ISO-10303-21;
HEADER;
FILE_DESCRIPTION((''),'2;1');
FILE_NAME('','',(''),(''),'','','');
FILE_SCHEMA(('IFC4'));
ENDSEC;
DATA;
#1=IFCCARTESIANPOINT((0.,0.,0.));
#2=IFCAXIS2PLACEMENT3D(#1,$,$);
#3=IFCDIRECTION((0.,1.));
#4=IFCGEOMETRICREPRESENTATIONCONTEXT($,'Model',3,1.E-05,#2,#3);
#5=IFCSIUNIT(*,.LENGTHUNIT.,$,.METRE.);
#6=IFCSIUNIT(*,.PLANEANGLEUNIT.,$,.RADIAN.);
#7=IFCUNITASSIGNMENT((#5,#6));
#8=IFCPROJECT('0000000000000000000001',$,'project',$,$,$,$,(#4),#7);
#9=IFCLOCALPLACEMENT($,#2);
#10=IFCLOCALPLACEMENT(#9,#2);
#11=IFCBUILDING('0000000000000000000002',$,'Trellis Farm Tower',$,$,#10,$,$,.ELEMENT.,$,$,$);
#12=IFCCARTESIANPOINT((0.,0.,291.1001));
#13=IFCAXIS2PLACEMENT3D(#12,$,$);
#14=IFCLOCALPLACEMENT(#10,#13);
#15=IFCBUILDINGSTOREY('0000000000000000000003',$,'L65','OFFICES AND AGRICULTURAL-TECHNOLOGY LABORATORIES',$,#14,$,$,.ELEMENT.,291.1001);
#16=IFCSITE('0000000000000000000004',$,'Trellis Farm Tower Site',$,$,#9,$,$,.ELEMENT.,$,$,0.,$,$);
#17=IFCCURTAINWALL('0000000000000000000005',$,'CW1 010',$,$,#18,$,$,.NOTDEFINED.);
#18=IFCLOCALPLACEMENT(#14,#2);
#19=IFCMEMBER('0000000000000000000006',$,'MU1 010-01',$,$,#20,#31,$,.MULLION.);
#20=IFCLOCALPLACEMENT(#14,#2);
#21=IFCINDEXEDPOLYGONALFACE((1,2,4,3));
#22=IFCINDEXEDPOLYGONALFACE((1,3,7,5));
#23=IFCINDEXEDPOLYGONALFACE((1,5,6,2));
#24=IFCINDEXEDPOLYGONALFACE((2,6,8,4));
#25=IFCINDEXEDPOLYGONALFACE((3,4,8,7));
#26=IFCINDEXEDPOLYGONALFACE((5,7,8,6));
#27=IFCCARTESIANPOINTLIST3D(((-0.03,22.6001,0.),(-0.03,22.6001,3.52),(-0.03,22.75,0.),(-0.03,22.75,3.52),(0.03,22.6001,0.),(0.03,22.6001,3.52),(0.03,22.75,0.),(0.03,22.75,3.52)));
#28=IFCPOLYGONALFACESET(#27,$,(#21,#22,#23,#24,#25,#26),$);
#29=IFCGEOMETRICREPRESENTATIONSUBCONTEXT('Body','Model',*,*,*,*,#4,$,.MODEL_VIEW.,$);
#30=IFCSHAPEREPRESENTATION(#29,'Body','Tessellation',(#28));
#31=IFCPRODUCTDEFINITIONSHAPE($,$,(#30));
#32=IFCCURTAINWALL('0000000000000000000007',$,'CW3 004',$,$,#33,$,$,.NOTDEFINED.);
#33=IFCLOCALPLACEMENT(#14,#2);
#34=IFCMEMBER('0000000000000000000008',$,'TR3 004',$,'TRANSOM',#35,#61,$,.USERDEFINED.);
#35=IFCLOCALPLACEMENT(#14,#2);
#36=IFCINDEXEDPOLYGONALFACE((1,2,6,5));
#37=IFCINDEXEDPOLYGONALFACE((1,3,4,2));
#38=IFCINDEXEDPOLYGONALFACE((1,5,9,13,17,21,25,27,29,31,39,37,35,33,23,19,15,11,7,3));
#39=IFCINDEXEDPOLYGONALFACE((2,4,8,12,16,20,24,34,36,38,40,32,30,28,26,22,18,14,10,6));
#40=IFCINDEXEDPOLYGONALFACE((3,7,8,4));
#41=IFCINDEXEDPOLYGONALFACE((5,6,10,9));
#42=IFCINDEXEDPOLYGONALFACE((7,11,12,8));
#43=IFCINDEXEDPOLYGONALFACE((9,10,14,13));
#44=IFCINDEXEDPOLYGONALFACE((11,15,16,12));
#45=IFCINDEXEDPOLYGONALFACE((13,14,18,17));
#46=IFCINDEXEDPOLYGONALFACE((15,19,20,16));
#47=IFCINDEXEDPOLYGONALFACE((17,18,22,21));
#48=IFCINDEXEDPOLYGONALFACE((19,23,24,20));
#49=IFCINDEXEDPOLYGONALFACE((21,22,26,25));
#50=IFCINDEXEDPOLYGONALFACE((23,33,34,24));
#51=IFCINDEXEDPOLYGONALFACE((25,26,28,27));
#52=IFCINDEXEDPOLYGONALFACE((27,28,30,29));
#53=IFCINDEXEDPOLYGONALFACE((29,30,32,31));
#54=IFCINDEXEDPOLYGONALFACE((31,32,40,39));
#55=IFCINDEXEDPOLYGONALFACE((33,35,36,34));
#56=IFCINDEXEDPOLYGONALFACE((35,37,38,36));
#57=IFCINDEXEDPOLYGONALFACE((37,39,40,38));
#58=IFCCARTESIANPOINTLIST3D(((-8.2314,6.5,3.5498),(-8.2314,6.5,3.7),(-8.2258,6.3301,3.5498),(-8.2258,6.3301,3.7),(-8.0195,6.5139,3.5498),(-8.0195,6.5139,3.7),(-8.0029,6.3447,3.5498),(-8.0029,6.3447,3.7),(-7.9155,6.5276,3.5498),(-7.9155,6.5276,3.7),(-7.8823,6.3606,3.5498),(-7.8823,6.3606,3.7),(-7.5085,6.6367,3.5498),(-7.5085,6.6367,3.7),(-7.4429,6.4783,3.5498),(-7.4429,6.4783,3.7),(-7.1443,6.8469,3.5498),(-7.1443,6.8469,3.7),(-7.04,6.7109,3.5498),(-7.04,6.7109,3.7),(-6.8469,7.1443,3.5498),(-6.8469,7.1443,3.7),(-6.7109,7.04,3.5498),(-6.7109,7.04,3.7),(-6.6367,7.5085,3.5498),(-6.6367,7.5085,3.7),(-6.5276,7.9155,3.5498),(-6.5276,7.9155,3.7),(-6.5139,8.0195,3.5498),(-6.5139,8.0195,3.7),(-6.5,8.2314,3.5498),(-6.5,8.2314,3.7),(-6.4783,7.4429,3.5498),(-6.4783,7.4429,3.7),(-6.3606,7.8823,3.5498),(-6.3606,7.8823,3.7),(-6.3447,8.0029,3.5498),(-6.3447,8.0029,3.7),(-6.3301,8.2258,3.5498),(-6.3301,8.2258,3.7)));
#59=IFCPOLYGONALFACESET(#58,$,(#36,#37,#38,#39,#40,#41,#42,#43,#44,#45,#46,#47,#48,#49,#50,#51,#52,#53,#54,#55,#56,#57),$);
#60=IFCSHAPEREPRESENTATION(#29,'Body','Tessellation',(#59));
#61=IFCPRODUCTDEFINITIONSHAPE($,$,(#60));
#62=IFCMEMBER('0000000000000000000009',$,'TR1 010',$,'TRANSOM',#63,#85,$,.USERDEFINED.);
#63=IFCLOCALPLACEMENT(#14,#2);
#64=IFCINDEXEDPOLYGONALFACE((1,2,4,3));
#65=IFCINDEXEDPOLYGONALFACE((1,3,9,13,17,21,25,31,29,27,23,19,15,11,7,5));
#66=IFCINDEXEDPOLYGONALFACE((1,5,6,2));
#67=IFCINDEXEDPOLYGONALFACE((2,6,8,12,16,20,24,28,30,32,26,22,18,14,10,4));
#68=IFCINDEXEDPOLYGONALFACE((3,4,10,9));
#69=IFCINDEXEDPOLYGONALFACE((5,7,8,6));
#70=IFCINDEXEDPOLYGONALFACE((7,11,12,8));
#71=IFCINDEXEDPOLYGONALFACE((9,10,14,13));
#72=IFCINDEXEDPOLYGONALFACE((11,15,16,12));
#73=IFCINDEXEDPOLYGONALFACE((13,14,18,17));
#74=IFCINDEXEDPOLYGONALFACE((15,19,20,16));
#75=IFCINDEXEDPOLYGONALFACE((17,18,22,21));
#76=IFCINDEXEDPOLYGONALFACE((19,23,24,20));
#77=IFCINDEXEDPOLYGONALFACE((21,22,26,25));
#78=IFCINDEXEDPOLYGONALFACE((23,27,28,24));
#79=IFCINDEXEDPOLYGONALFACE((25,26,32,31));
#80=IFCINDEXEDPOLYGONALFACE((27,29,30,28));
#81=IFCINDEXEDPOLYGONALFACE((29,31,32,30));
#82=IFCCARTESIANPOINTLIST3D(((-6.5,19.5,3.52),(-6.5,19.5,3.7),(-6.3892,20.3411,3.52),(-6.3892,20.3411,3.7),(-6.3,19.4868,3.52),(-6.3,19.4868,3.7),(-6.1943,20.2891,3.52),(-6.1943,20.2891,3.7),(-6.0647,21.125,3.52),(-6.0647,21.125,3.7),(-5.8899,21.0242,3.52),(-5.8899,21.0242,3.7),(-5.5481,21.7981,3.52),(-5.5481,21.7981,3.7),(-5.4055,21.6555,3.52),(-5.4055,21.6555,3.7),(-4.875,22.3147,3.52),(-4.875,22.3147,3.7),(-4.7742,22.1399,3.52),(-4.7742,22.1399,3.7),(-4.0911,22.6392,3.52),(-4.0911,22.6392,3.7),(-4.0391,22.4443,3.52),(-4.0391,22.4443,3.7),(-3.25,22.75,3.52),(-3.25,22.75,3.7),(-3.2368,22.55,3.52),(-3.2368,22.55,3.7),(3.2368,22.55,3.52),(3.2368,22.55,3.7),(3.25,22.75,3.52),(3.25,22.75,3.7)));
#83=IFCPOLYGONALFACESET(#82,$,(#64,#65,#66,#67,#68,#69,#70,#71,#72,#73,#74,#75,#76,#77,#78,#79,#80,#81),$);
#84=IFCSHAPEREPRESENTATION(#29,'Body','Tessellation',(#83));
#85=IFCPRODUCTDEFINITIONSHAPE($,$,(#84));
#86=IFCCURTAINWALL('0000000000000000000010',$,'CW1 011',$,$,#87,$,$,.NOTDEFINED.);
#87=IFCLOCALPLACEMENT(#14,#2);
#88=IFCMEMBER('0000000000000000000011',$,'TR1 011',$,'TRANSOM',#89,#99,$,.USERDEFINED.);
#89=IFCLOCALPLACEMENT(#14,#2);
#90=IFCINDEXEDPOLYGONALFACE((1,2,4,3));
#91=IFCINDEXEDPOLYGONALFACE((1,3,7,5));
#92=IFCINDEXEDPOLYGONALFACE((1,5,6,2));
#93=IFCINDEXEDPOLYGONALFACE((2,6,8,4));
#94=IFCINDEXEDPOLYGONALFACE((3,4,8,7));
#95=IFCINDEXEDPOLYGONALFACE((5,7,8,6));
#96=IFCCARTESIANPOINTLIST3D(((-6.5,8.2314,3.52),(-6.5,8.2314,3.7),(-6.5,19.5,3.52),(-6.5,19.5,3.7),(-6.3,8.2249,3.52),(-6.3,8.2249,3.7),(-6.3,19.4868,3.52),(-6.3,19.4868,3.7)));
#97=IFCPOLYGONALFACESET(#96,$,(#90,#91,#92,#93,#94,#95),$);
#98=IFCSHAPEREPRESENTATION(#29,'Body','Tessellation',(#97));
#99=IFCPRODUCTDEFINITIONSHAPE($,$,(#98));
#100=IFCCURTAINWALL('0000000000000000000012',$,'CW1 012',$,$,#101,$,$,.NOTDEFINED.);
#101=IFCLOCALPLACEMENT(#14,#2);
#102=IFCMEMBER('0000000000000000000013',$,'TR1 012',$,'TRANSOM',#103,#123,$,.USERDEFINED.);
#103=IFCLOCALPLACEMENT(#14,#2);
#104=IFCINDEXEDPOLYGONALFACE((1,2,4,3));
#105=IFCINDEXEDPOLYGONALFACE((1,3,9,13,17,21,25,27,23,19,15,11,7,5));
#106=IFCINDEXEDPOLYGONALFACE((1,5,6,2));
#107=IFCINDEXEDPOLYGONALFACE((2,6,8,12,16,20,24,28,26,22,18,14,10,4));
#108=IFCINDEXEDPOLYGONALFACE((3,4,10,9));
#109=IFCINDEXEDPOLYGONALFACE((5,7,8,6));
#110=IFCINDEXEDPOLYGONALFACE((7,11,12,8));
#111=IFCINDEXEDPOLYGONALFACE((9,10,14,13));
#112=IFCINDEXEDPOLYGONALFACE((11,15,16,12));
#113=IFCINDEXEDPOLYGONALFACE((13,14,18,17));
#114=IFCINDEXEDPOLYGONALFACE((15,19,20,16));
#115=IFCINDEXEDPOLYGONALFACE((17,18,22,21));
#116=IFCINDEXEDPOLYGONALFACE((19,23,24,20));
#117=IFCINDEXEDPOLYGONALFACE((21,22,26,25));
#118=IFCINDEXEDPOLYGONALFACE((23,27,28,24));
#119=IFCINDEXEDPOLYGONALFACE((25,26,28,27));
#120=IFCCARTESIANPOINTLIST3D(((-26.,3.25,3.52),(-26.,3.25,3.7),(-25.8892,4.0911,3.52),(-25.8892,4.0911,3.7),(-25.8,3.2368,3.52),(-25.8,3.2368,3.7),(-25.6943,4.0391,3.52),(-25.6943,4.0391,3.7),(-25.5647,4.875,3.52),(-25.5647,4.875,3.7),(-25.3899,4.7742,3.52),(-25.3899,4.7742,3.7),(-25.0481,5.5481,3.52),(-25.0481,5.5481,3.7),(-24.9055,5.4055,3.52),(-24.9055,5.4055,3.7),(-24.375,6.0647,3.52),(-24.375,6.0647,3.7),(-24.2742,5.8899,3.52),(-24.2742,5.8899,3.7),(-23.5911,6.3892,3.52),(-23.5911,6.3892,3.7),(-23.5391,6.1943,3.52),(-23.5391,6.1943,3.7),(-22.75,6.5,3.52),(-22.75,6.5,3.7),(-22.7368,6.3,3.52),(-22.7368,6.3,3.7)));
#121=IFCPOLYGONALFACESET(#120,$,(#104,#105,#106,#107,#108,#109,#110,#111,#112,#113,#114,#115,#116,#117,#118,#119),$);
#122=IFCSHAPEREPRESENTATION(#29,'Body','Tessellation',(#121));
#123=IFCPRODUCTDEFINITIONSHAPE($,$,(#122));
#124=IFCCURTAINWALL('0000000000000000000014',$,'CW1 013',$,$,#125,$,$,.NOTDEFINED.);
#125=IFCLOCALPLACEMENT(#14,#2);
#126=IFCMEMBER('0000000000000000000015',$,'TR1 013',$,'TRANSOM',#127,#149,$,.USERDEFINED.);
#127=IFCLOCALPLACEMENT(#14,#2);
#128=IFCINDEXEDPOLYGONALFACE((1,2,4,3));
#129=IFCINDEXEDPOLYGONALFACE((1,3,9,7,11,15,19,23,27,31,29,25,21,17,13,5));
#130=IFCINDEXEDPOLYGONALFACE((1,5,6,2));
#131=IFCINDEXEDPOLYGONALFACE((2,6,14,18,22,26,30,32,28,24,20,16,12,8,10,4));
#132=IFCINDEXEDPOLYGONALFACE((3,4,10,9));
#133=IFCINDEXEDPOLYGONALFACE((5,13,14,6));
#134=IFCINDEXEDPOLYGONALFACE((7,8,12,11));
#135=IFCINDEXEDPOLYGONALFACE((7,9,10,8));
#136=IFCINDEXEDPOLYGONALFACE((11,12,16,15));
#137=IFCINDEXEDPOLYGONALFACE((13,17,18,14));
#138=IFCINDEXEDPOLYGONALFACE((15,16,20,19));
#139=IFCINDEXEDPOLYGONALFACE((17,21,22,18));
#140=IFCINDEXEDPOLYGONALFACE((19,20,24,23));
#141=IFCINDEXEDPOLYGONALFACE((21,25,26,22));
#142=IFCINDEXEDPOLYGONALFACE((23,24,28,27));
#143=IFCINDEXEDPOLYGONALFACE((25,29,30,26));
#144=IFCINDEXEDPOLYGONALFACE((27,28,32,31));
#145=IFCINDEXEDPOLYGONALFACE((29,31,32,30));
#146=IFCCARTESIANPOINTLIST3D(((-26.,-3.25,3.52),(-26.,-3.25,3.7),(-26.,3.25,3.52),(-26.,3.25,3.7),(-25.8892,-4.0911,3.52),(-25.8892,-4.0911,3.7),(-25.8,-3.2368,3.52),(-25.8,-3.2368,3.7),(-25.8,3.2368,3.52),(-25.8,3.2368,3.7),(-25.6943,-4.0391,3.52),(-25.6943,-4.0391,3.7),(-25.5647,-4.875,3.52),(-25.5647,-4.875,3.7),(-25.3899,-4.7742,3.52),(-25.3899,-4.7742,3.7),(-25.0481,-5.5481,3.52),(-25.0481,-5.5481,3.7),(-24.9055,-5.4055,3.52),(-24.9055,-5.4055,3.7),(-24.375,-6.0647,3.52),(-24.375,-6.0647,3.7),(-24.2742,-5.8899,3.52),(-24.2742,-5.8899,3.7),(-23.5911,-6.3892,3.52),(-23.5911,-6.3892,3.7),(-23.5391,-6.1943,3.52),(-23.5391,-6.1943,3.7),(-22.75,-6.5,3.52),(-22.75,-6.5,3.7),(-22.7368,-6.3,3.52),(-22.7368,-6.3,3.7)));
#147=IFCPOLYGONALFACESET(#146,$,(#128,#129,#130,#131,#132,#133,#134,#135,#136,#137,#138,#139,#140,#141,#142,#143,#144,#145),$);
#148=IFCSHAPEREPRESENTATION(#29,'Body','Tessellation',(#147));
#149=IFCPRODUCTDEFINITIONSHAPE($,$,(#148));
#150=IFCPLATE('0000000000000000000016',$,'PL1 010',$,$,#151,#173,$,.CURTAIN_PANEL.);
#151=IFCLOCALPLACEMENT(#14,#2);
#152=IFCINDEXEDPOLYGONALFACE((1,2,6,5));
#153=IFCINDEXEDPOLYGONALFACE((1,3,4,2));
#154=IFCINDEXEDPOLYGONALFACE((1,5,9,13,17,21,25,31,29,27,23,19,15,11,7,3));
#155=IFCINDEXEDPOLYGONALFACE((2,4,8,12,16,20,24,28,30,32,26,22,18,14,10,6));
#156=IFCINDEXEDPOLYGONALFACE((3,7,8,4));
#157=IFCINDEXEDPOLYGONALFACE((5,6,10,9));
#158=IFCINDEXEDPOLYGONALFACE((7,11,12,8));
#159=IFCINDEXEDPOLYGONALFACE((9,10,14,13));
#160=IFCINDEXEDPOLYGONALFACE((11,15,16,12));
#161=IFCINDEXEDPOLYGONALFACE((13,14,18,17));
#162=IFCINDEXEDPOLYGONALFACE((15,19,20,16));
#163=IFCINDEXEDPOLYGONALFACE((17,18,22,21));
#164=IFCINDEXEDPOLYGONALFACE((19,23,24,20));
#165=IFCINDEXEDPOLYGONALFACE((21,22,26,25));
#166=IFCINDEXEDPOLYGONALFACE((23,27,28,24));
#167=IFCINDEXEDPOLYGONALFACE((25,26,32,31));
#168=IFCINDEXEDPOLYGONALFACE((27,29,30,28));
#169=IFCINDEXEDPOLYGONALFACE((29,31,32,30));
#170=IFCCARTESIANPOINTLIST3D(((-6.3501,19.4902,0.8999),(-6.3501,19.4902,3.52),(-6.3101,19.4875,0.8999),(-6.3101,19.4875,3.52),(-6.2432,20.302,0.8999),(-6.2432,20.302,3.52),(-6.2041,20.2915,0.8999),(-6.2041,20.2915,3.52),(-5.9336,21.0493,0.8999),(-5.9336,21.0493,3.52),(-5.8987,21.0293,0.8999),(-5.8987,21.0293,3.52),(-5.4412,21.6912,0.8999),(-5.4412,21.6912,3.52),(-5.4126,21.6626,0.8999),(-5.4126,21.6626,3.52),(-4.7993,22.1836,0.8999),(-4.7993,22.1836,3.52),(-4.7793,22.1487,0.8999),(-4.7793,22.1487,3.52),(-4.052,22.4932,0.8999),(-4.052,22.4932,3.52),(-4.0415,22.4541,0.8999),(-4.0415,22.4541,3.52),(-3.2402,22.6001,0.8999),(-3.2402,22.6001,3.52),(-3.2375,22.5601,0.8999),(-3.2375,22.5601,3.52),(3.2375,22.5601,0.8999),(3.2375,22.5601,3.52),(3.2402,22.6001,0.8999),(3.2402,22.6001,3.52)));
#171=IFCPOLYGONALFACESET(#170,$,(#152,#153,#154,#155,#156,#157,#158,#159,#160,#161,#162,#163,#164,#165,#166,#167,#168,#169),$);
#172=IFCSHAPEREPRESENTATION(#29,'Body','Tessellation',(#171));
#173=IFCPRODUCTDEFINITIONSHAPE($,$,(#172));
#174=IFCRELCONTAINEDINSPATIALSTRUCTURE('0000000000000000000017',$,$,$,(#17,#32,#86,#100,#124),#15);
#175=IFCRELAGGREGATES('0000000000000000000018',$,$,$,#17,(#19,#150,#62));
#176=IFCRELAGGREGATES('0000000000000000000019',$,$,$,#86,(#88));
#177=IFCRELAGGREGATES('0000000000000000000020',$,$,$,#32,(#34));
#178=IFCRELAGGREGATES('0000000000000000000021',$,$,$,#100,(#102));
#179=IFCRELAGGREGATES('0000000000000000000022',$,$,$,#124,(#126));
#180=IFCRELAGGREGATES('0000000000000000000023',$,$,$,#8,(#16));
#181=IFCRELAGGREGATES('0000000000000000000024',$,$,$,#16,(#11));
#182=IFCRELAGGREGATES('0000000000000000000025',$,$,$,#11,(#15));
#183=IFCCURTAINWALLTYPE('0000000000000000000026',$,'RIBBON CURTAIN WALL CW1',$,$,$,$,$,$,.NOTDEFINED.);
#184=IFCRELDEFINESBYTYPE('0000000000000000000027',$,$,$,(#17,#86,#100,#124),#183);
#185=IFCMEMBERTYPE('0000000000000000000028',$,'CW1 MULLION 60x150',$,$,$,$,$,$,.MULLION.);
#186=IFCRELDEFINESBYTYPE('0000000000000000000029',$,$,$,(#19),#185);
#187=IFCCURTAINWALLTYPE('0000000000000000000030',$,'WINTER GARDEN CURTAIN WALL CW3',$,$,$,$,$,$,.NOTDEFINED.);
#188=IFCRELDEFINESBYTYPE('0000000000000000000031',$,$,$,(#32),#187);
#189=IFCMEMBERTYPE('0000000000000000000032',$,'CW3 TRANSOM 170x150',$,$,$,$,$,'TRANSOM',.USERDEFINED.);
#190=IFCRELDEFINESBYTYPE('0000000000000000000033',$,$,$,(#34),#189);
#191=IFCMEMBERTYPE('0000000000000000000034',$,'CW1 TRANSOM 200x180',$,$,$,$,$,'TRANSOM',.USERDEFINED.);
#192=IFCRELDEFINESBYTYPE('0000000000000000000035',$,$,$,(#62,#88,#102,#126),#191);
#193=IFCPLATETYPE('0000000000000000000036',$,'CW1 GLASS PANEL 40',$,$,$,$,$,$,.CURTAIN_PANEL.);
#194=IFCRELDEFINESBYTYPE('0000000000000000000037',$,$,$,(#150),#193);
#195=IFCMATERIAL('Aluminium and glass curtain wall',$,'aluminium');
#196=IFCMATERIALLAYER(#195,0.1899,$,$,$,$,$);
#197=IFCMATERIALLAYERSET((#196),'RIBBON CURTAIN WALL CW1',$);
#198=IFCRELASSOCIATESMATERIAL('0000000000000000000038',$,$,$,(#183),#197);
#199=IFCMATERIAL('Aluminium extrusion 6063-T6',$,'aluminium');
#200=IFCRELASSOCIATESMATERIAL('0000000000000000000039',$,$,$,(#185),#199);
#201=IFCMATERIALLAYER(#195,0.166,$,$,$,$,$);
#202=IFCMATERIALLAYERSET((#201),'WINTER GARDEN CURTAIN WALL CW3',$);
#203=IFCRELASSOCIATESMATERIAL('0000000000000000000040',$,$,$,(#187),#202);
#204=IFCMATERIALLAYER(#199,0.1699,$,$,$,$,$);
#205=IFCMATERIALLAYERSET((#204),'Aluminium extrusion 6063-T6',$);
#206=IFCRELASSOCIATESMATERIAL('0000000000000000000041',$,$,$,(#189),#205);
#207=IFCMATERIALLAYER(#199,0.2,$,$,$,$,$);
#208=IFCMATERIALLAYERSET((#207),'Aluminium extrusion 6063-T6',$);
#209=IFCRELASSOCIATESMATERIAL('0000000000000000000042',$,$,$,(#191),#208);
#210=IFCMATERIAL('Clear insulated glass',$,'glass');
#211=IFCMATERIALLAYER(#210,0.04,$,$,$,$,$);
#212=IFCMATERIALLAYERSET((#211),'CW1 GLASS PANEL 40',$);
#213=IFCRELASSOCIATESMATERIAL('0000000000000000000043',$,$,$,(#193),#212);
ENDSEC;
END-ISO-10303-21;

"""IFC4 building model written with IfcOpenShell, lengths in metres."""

from ifc_helpers import new_model, si_unit, direction, frame, origin, origin_2d, place, context, subcontext, project, spatial, polyline, rectangle, outline, extrude, source, transform, mapped, material, layer, layer_set, material_profile, profile_set, type_object, element, aggregate, save


model = new_model("IFC4")

# Units and contexts
model_context = context("Model", 3, precision=1e-05, world=origin(), true_north=direction((0.0, 1.0)))
body_context = subcontext(model_context, "Body", "Model", "MODEL_VIEW")
ifc_project = project(units=[si_unit("LENGTHUNIT", "METRE"), si_unit("PLANEANGLEUNIT", "RADIAN")], contexts=[model_context])

# Site, building, storey
site_placement = place(None, origin())
site = spatial("IfcSite", under=ifc_project, at=site_placement, Name="Trellis Farm Tower Site", CompositionType="ELEMENT", RefElevation=0.0)
building_placement = place(site_placement, origin())
building = spatial("IfcBuilding", under=site, at=building_placement, Name="Trellis Farm Tower", CompositionType="ELEMENT")
storey_placement = place(building_placement, frame((0.0, 0.0, 291.1001)))
storey = spatial("IfcBuildingStorey", under=building, at=storey_placement, Name="L65", Description="OFFICES AND AGRICULTURAL-TECHNOLOGY LABORATORIES", CompositionType="ELEMENT", Elevation=291.1001)

# Curtain walls, members
ifc_material_1 = material(Name="Aluminium and glass curtain wall", Category="aluminium")
ifc_layer_1 = layer(ifc_material_1, 0.1899)
ifc_layer_set_1 = layer_set([ifc_layer_1], Name="RIBBON CURTAIN WALL CW1")
curtain_wall_type_1 = type_object("IfcCurtainWallType", Name="RIBBON CURTAIN WALL CW1", PredefinedType="NOTDEFINED", material=ifc_layer_set_1)
placement_1 = place(storey_placement, origin())
curtain_wall_1 = element("IfcCurtainWall", 1, at=placement_1, inside=storey, type_object=curtain_wall_type_1, Name="CW1 010", PredefinedType="NOTDEFINED")
ifc_material_2 = material(Name="Aluminium extrusion 6063-T6", Category="aluminium")
ifc_material_profile = material_profile(ifc_material_2, rectangle(XDim=0.0601, YDim=0.1499, at=origin_2d()), Name="MULLION 60x150")
ifc_profile_set = profile_set([ifc_material_profile], Name="Aluminium extrusion 6063-T6")
member_type_1 = type_object("IfcMemberType", Name="CW1 MULLION 60x150", PredefinedType="MULLION", material=ifc_profile_set)
shared_shape_1 = source(origin(), body_context, "Body", "SweptSolid", [
    extrude(rectangle(XDim=0.0601, YDim=0.1499, at=origin_2d()), origin(), (0.0, 0.0, 1.0), 3.52),
])
member_1_placement = place(storey_placement, frame((0.0, 22.675, 0.0), z_axis=(0.0, 0.0, 1.0), x_axis=(-1.0, 0.0, 0.0)))
member_1 = element("IfcMember", 2, at=member_1_placement, type_object=member_type_1, Name="MU1 010-01", PredefinedType="MULLION", context=body_context, shape_type="MappedRepresentation", body=[
    mapped(shared_shape_1, transform((0.0, 0.0, 0.0))),
])
ifc_layer_2 = layer(ifc_material_1, 0.166)
ifc_layer_set_2 = layer_set([ifc_layer_2], Name="WINTER GARDEN CURTAIN WALL CW3")
curtain_wall_type_2 = type_object("IfcCurtainWallType", Name="WINTER GARDEN CURTAIN WALL CW3", PredefinedType="NOTDEFINED", material=ifc_layer_set_2)
curtain_wall_2 = element("IfcCurtainWall", 3, at=placement_1, inside=storey, type_object=curtain_wall_type_2, Name="CW3 004", PredefinedType="NOTDEFINED")
ifc_layer_3 = layer(ifc_material_2, 0.1699)
ifc_layer_set_3 = layer_set([ifc_layer_3], Name="Aluminium extrusion 6063-T6")
member_type_2 = type_object("IfcMemberType", Name="CW3 TRANSOM 170x150", ElementType="TRANSOM", PredefinedType="USERDEFINED", material=ifc_layer_set_3)
shared_shape_2 = source(origin(), body_context, "Body", "SweptSolid", [
    extrude(outline(polyline([(-6.5, 8.2314), (-6.5139, 8.0195), (-6.5276, 7.9155), (-6.6367, 7.5085), (-6.8469, 7.1443), (-7.1443, 6.8469), (-7.5085, 6.6367), (-7.9155, 6.5276), (-8.0195, 6.5139), (-8.2314, 6.5), (-8.2258, 6.3301), (-8.0029, 6.3447), (-7.8823, 6.3606), (-7.4429, 6.4783), (-7.04, 6.7109), (-6.7109, 7.04), (-6.4783, 7.4429), (-6.3606, 7.8823), (-6.3447, 8.0029), (-6.3301, 8.2258), (-6.5, 8.2314)])), origin(), (0.0, 0.0, 1.0), 0.1501),
])
member_2_placement = place(storey_placement, frame((0.0, 0.0, 3.5498)))
member_2 = element("IfcMember", 4, at=member_2_placement, type_object=member_type_2, Name="TR3 004", ObjectType="TRANSOM", PredefinedType="USERDEFINED", context=body_context, shape_type="MappedRepresentation", body=[
    mapped(shared_shape_2, transform((0.0, 0.0, 0.0))),
])

# Member
ifc_layer_4 = layer(ifc_material_2, 0.2)
ifc_layer_set_4 = layer_set([ifc_layer_4], Name="Aluminium extrusion 6063-T6")
member_type_3 = type_object("IfcMemberType", Name="CW1 TRANSOM 200x180", ElementType="TRANSOM", PredefinedType="USERDEFINED", material=ifc_layer_set_4)
shared_shape_3 = source(origin(), body_context, "Body", "SweptSolid", [
    extrude(outline(polyline([(3.25, 22.75), (-3.25, 22.75), (-4.0911, 22.6392), (-4.875, 22.3147), (-5.5481, 21.7981), (-6.0647, 21.125), (-6.3892, 20.3411), (-6.5, 19.5), (-6.3, 19.4868), (-6.1943, 20.2891), (-5.8899, 21.0242), (-5.4055, 21.6555), (-4.7742, 22.1399), (-4.0391, 22.4443), (-3.2368, 22.55), (3.2368, 22.55), (3.25, 22.75)])), origin(), (0.0, 0.0, 1.0), 0.1799),
])
placement_2 = place(storey_placement, frame((0.0, 0.0, 3.52)))
member_3 = element("IfcMember", 5, at=placement_2, type_object=member_type_3, Name="TR1 010", ObjectType="TRANSOM", PredefinedType="USERDEFINED", context=body_context, shape_type="MappedRepresentation", body=[
    mapped(shared_shape_3, transform((0.0, 0.0, 0.0))),
])

# Curtain walls, members
curtain_wall_3 = element("IfcCurtainWall", 6, at=placement_1, inside=storey, type_object=curtain_wall_type_1, Name="CW1 011", PredefinedType="NOTDEFINED")
shared_shape_4 = source(origin(), body_context, "Body", "SweptSolid", [
    extrude(outline(polyline([(-6.5, 19.5), (-6.5, 8.2314), (-6.3, 8.2249), (-6.3, 19.4868), (-6.5, 19.5)])), origin(), (0.0, 0.0, 1.0), 0.1799),
])
member_4 = element("IfcMember", 7, at=placement_2, type_object=member_type_3, Name="TR1 011", ObjectType="TRANSOM", PredefinedType="USERDEFINED", context=body_context, shape_type="MappedRepresentation", body=[
    mapped(shared_shape_4, transform((0.0, 0.0, 0.0))),
])
curtain_wall_4 = element("IfcCurtainWall", 8, at=placement_1, inside=storey, type_object=curtain_wall_type_1, Name="CW1 012", PredefinedType="NOTDEFINED")
shared_shape_5 = source(origin(), body_context, "Body", "SweptSolid", [
    extrude(outline(polyline([(-22.75, 6.5), (-23.5911, 6.3892), (-24.375, 6.0647), (-25.0481, 5.5481), (-25.5647, 4.875), (-25.8892, 4.0911), (-26.0, 3.25), (-25.8, 3.2368), (-25.6943, 4.0391), (-25.3899, 4.7742), (-24.9055, 5.4055), (-24.2742, 5.8899), (-23.5391, 6.1943), (-22.7368, 6.3), (-22.75, 6.5)])), origin(), (0.0, 0.0, 1.0), 0.1799),
])
member_5 = element("IfcMember", 9, at=placement_2, type_object=member_type_3, Name="TR1 012", ObjectType="TRANSOM", PredefinedType="USERDEFINED", context=body_context, shape_type="MappedRepresentation", body=[
    mapped(shared_shape_5, transform((0.0, 0.0, 0.0))),
])
curtain_wall_5 = element("IfcCurtainWall", 10, at=placement_1, inside=storey, type_object=curtain_wall_type_1, Name="CW1 013", PredefinedType="NOTDEFINED")
shared_shape_6 = source(origin(), body_context, "Body", "SweptSolid", [
    extrude(outline(polyline([(-26.0, 3.25), (-26.0, -3.25), (-25.8892, -4.0911), (-25.5647, -4.875), (-25.0481, -5.5481), (-24.375, -6.0647), (-23.5911, -6.3892), (-22.75, -6.5), (-22.7368, -6.3), (-23.5391, -6.1943), (-24.2742, -5.8899), (-24.9055, -5.4055), (-25.3899, -4.7742), (-25.6943, -4.0391), (-25.8, -3.2368), (-25.8, 3.2368), (-26.0, 3.25)])), origin(), (0.0, 0.0, 1.0), 0.1799),
])
member_6 = element("IfcMember", 11, at=placement_2, type_object=member_type_3, Name="TR1 013", ObjectType="TRANSOM", PredefinedType="USERDEFINED", context=body_context, shape_type="MappedRepresentation", body=[
    mapped(shared_shape_6, transform((0.0, 0.0, 0.0))),
])

# Plate
ifc_material_3 = material(Name="Clear insulated glass", Category="glass")
ifc_layer_5 = layer(ifc_material_3, 0.04)
ifc_layer_set_5 = layer_set([ifc_layer_5], Name="CW1 GLASS PANEL 40")
plate_type_1 = type_object("IfcPlateType", Name="CW1 GLASS PANEL 40", PredefinedType="CURTAIN_PANEL", material=ifc_layer_set_5)
shared_shape_7 = source(origin(), body_context, "Body", "SweptSolid", [
    extrude(outline(polyline([(3.2402, 22.6001), (-3.2402, 22.6001), (-4.052, 22.4932), (-4.7993, 22.1836), (-5.4412, 21.6912), (-5.9336, 21.0493), (-6.2432, 20.302), (-6.3501, 19.4902), (-6.3101, 19.4875), (-6.2041, 20.2915), (-5.8987, 21.0293), (-5.4126, 21.6626), (-4.7793, 22.1487), (-4.0415, 22.4541), (-3.2375, 22.5601), (3.2375, 22.5601), (3.2402, 22.6001)])), origin(), (0.0, 0.0, 1.0), 2.6201),
])
placement_3 = place(storey_placement, frame((0.0, 0.0, 0.8999)))
plate_1 = element("IfcPlate", 12, at=placement_3, type_object=plate_type_1, Name="PL1 010", PredefinedType="CURTAIN_PANEL", context=body_context, shape_type="MappedRepresentation", body=[
    mapped(shared_shape_7, transform((0.0, 0.0, 0.0))),
])
aggregate(curtain_wall_1, [member_1, plate_1, member_3])
aggregate(curtain_wall_3, [member_4])
aggregate(curtain_wall_2, [member_2])
aggregate(curtain_wall_4, [member_5])
aggregate(curtain_wall_5, [member_6])

save(model, "model.ifc")
